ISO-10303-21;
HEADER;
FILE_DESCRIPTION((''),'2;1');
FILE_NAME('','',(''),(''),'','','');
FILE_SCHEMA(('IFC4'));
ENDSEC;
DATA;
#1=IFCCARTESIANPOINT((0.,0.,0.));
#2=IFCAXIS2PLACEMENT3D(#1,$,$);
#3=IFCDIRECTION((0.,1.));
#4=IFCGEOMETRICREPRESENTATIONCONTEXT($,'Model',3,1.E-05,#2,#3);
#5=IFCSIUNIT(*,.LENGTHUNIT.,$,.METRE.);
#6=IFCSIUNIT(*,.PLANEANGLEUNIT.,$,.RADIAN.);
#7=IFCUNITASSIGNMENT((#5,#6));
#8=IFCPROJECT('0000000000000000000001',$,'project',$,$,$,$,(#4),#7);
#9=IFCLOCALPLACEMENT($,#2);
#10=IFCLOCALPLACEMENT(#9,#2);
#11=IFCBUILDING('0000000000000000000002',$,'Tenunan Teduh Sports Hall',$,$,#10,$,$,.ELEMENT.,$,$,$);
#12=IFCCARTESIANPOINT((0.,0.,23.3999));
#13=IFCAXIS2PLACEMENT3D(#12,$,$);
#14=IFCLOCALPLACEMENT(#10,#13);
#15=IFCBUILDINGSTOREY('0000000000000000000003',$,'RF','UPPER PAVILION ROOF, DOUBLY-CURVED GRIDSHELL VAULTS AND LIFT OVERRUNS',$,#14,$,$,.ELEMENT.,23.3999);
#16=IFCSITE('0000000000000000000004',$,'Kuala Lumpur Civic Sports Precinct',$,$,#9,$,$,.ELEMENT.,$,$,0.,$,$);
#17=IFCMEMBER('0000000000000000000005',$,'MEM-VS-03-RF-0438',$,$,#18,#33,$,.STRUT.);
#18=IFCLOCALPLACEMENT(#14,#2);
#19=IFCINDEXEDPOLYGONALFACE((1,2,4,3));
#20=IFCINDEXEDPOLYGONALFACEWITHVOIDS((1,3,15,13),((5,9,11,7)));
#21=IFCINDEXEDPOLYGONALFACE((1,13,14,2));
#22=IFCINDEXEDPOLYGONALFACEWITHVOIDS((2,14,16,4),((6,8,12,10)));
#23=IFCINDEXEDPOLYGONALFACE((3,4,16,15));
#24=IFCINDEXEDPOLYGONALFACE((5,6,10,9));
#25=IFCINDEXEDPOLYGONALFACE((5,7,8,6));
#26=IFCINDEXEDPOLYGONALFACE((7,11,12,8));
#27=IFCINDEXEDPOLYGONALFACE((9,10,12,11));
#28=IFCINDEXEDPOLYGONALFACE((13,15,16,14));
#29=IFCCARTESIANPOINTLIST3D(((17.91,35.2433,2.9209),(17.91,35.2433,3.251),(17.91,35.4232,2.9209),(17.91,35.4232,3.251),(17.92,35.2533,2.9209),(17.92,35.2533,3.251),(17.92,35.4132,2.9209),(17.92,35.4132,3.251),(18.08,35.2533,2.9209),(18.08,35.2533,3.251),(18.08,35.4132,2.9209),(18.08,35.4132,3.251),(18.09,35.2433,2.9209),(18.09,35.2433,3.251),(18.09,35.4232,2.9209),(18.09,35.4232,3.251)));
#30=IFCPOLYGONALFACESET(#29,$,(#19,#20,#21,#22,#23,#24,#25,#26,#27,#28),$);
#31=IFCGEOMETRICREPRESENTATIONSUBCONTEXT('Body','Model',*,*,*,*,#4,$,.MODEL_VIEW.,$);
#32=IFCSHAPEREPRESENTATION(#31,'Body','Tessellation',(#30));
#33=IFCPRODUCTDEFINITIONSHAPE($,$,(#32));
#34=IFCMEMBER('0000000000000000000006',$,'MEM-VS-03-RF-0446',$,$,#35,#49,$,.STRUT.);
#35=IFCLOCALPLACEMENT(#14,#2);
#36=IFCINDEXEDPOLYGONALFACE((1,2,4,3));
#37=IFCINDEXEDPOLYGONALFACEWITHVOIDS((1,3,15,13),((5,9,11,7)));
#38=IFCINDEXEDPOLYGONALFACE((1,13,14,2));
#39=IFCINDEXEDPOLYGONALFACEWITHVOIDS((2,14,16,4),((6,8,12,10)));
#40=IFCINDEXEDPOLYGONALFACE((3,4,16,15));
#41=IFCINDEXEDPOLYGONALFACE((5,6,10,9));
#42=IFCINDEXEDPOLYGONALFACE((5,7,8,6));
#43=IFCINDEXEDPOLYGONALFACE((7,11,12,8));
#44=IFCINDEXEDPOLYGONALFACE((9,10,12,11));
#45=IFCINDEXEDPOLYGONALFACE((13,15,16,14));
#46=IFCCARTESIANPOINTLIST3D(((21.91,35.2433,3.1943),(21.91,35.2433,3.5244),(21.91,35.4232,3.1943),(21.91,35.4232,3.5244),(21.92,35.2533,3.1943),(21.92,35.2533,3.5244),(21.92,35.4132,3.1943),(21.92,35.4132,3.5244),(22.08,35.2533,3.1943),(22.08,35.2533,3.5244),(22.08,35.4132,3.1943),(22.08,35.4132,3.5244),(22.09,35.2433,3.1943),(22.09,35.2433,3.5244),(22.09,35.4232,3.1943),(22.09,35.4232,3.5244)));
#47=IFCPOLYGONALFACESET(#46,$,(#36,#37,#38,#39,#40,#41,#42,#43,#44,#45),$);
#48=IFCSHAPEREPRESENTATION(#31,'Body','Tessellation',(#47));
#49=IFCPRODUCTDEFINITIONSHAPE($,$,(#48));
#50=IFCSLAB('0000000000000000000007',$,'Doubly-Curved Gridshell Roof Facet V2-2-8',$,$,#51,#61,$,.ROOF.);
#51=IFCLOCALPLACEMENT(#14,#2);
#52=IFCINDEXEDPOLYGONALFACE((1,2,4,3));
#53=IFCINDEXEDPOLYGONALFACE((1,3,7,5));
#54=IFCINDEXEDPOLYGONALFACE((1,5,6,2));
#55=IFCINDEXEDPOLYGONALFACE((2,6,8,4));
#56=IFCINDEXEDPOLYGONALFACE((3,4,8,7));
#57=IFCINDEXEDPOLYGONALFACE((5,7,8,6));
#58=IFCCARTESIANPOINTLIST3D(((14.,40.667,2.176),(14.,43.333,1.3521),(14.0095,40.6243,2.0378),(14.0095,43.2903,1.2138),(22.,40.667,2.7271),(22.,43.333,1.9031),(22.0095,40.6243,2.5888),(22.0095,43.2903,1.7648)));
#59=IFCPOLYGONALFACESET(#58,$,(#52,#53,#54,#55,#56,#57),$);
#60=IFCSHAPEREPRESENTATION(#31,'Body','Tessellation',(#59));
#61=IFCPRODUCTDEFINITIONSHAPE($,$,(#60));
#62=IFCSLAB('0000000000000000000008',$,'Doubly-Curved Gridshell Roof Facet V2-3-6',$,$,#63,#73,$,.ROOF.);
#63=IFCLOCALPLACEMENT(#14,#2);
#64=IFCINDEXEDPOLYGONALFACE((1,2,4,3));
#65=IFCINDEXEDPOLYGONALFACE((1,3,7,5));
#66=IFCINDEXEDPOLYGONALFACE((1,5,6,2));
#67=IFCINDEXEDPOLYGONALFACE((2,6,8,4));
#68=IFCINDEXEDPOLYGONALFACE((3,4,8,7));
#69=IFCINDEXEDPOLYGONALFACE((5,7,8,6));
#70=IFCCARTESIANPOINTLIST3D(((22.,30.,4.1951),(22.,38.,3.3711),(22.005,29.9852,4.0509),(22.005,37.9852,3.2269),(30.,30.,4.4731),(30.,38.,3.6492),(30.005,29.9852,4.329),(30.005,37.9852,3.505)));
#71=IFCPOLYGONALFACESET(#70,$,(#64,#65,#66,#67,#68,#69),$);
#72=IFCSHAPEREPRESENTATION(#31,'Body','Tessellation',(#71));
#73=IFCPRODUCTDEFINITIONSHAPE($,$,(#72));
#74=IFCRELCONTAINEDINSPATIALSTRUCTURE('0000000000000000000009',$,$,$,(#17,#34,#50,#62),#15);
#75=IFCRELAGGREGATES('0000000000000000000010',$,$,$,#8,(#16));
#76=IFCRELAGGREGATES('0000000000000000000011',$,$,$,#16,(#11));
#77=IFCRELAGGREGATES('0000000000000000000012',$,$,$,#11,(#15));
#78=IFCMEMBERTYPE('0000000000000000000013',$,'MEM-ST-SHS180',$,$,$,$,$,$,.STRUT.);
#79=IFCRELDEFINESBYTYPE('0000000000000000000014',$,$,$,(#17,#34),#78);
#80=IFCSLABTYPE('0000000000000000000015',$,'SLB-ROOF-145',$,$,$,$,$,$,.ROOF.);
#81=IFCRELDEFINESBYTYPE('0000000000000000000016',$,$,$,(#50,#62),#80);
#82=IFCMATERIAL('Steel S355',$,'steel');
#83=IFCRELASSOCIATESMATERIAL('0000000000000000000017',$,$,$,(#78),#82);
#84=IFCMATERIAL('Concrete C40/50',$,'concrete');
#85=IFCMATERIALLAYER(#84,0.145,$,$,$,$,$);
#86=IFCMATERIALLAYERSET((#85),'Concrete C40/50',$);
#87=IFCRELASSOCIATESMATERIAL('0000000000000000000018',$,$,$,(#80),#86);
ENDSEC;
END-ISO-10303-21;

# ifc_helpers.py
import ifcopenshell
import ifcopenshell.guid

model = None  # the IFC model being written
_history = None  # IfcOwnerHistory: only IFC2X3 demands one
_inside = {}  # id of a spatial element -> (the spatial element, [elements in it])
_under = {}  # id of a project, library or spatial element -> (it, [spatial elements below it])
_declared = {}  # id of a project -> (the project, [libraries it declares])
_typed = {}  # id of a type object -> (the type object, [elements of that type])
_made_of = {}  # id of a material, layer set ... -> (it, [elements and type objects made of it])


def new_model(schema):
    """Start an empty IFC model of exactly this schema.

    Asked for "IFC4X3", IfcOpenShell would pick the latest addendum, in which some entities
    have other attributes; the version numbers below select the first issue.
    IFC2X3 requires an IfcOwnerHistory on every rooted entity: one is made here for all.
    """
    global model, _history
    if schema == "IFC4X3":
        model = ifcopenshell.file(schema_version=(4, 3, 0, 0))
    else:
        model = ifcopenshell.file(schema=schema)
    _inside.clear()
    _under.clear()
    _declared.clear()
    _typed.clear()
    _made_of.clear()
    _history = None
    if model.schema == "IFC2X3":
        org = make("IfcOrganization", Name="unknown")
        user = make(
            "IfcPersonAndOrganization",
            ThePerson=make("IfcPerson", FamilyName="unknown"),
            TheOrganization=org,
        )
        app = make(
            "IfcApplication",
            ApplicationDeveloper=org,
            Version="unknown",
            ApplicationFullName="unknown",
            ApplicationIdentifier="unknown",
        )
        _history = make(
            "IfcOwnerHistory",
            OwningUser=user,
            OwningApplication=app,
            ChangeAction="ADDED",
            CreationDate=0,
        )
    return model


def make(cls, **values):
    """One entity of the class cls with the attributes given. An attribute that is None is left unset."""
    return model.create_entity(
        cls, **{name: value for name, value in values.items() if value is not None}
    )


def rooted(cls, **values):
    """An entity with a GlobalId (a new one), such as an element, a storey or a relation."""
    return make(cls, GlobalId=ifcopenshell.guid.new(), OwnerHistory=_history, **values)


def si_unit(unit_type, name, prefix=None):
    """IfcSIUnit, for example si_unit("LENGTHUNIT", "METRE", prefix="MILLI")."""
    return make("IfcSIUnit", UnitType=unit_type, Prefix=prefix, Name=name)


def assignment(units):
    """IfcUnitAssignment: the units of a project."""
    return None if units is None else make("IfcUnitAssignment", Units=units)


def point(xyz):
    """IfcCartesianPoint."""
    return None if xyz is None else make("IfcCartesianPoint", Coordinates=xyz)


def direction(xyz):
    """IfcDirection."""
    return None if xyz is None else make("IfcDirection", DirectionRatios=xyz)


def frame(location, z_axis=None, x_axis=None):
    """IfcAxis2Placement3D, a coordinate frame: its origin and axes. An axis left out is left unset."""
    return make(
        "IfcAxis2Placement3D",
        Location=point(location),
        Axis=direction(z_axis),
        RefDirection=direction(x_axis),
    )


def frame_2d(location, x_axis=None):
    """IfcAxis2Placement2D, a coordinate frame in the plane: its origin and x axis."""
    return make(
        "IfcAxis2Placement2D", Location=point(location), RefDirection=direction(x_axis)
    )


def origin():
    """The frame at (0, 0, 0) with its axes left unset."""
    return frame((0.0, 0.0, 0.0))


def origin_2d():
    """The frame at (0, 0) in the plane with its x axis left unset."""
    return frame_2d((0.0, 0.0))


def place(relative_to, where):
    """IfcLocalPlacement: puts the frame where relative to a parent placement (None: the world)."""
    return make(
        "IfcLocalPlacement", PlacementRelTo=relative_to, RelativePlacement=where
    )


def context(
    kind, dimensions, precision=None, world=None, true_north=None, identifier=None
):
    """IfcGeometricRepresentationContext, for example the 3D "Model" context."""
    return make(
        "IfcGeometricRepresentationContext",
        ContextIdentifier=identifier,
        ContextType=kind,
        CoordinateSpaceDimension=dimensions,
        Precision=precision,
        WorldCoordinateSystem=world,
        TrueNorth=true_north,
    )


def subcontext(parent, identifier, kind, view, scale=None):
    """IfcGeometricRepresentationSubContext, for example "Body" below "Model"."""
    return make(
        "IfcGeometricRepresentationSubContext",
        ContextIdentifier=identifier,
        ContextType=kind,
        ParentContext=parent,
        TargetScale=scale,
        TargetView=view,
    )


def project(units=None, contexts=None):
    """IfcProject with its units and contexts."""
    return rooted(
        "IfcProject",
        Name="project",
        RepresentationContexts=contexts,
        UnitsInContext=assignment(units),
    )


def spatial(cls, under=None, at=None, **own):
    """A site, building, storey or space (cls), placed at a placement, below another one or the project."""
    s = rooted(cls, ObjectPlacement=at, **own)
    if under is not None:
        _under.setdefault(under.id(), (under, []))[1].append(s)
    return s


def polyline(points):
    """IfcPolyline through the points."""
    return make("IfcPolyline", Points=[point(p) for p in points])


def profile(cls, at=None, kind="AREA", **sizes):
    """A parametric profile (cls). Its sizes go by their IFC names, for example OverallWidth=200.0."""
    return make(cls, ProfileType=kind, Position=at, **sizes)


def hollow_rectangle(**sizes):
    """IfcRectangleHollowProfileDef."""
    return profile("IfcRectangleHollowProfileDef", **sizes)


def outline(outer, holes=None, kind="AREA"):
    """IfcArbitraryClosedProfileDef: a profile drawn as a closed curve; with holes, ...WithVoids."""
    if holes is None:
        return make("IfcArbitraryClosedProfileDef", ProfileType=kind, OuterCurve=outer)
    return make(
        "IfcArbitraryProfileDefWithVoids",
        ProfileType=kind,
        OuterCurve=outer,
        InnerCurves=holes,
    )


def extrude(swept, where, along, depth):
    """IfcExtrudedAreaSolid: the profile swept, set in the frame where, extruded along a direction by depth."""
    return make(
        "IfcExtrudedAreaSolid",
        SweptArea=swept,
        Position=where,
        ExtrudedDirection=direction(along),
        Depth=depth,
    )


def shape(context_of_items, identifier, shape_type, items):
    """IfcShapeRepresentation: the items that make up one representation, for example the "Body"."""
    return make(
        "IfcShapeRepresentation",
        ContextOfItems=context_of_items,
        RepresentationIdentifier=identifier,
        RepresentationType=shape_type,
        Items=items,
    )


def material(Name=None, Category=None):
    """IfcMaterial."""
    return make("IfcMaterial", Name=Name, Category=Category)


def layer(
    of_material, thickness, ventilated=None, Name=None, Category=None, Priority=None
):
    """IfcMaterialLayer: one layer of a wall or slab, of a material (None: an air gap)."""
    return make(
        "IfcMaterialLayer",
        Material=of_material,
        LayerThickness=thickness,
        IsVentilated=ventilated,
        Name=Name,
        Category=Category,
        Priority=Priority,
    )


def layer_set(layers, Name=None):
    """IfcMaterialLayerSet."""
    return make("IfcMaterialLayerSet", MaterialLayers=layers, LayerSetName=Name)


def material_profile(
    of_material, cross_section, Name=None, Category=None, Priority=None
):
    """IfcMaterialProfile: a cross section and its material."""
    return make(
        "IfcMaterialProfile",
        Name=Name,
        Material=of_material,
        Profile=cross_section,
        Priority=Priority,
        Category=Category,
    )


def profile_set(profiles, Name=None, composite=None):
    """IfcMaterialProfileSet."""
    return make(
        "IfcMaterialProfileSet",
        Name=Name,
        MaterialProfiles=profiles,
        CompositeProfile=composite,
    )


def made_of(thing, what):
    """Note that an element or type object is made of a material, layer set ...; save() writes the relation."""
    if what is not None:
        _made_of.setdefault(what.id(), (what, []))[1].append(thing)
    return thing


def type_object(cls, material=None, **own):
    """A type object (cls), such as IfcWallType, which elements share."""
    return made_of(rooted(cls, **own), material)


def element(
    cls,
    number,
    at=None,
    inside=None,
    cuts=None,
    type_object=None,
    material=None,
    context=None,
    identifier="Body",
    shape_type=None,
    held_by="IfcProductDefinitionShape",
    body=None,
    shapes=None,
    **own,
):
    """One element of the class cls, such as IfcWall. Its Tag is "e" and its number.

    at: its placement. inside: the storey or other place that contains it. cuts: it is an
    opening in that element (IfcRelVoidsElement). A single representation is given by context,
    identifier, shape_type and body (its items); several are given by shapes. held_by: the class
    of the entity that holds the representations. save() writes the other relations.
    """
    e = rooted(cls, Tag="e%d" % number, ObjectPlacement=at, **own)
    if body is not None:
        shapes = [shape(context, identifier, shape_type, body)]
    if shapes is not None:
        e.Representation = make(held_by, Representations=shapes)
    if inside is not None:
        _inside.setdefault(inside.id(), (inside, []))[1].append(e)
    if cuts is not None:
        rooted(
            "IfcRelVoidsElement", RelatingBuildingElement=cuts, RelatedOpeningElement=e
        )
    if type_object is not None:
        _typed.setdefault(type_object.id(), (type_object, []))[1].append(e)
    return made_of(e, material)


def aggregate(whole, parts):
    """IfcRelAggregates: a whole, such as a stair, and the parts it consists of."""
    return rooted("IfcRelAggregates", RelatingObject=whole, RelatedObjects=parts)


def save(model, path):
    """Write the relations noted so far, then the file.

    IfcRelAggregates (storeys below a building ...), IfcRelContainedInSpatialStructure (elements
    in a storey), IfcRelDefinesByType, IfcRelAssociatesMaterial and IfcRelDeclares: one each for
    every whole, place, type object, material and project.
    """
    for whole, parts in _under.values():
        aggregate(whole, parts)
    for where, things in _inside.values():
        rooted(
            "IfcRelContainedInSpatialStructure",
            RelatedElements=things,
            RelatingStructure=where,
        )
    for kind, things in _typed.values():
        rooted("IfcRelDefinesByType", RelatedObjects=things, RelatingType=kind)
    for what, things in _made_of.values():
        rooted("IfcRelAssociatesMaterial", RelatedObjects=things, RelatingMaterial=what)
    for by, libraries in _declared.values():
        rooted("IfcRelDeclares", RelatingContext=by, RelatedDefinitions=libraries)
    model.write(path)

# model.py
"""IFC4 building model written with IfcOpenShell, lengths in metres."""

from ifc_helpers import new_model, si_unit, direction, frame, origin, origin_2d, place, context, subcontext, project, spatial, polyline, hollow_rectangle, outline, extrude, material, layer, layer_set, material_profile, profile_set, type_object, element, save


model = new_model("IFC4")

# Units and contexts
model_context = context("Model", 3, precision=1e-05, world=origin(), true_north=direction((0.0, 1.0)))
body_context = subcontext(model_context, "Body", "Model", "MODEL_VIEW")
ifc_project = project(units=[si_unit("LENGTHUNIT", "METRE"), si_unit("PLANEANGLEUNIT", "RADIAN")], contexts=[model_context])

# Site, building, storey
site_placement = place(None, origin())
site = spatial("IfcSite", under=ifc_project, at=site_placement, Name="Kuala Lumpur Civic Sports Precinct", CompositionType="ELEMENT", RefElevation=0.0)
building_placement = place(site_placement, origin())
building = spatial("IfcBuilding", under=site, at=building_placement, Name="Tenunan Teduh Sports Hall", CompositionType="ELEMENT")
storey_placement = place(building_placement, frame((0.0, 0.0, 23.3999)))
storey = spatial("IfcBuildingStorey", under=building, at=storey_placement, Name="RF", Description="UPPER PAVILION ROOF, DOUBLY-CURVED GRIDSHELL VAULTS AND LIFT OVERRUNS", CompositionType="ELEMENT", Elevation=23.3999)

# Members
ifc_material_1 = material(Name="Steel S355", Category="steel")
ifc_material_profile_1 = material_profile(ifc_material_1, hollow_rectangle(XDim=0.1799, YDim=0.1799, WallThickness=0.01, at=origin_2d()), Name="SHS 180x180x10.0")
ifc_profile_set_1 = profile_set([ifc_material_profile_1], Name="Steel S355")
member_type_1 = type_object("IfcMemberType", Name="MEM-ST-SHS180", PredefinedType="STRUT", material=ifc_profile_set_1)
for number, where, z_axis, x_axis, name in (
    (1, (18.0, 35.3333, 2.9209), (0.0, 0.0, 1.0), (1.0, 0.0, 0.0), "MEM-VS-03-RF-0438"),
    (2, (22.0, 35.3333, 3.1943), (0.0, 0.0, 1.0), (1.0, 0.0, 0.0), "MEM-VS-03-RF-0446"),
):
    element("IfcMember", number, at=place(storey_placement, frame(where, z_axis=z_axis, x_axis=x_axis)), inside=storey, type_object=member_type_1, Name=name, PredefinedType="STRUT", context=body_context, shape_type="SweptSolid", body=[
        extrude(hollow_rectangle(XDim=0.1799, YDim=0.1799, WallThickness=0.01, at=origin_2d()), origin(), (0.0, 0.0, 1.0), 0.3301),
    ])

# Slabs
ifc_material_2 = material(Name="Concrete C40/50", Category="concrete")
ifc_layer = layer(ifc_material_2, 0.145)
ifc_layer_set = layer_set([ifc_layer], Name="Concrete C40/50")
slab_type = type_object("IfcSlabType", Name="SLB-ROOF-145", PredefinedType="ROOF", material=ifc_layer_set)
slab_1_placement = place(storey_placement, frame((14.0, 40.667, 2.176), z_axis=(-0.065665, 0.294647, 0.953347), x_axis=(0.997636, 0.0, 0.068715)))
element("IfcSlab", 3, at=slab_1_placement, inside=storey, type_object=slab_type, Name="Doubly-Curved Gridshell Roof Facet V2-2-8", PredefinedType="ROOF", context=body_context, shape_type="SweptSolid", body=[
    extrude(outline(polyline([(0.0, 0.0), (8.019, 0.0), (7.9623, 2.7899), (-0.0566, 2.7899), (0.0, 0.0)])), origin(), (0.0, 0.0, -1.0), 0.145),
])
slab_2_placement = place(storey_placement, frame((22.0, 30.0, 4.1951), z_axis=(-0.034556, 0.102394, 0.994144), x_axis=(0.999396, 0.0, 0.034739)))
element("IfcSlab", 4, at=slab_2_placement, inside=storey, type_object=slab_type, Name="Doubly-Curved Gridshell Roof Facet V2-3-6", PredefinedType="ROOF", context=body_context, shape_type="SweptSolid", body=[
    extrude(outline(polyline([(0.0, 0.0), (8.0048, 0.0), (7.9762, 8.0423), (-0.0286, 8.0423), (0.0, 0.0)])), origin(), (0.0, 0.0, -1.0), 0.145),
])

save(model, "model.ifc")
